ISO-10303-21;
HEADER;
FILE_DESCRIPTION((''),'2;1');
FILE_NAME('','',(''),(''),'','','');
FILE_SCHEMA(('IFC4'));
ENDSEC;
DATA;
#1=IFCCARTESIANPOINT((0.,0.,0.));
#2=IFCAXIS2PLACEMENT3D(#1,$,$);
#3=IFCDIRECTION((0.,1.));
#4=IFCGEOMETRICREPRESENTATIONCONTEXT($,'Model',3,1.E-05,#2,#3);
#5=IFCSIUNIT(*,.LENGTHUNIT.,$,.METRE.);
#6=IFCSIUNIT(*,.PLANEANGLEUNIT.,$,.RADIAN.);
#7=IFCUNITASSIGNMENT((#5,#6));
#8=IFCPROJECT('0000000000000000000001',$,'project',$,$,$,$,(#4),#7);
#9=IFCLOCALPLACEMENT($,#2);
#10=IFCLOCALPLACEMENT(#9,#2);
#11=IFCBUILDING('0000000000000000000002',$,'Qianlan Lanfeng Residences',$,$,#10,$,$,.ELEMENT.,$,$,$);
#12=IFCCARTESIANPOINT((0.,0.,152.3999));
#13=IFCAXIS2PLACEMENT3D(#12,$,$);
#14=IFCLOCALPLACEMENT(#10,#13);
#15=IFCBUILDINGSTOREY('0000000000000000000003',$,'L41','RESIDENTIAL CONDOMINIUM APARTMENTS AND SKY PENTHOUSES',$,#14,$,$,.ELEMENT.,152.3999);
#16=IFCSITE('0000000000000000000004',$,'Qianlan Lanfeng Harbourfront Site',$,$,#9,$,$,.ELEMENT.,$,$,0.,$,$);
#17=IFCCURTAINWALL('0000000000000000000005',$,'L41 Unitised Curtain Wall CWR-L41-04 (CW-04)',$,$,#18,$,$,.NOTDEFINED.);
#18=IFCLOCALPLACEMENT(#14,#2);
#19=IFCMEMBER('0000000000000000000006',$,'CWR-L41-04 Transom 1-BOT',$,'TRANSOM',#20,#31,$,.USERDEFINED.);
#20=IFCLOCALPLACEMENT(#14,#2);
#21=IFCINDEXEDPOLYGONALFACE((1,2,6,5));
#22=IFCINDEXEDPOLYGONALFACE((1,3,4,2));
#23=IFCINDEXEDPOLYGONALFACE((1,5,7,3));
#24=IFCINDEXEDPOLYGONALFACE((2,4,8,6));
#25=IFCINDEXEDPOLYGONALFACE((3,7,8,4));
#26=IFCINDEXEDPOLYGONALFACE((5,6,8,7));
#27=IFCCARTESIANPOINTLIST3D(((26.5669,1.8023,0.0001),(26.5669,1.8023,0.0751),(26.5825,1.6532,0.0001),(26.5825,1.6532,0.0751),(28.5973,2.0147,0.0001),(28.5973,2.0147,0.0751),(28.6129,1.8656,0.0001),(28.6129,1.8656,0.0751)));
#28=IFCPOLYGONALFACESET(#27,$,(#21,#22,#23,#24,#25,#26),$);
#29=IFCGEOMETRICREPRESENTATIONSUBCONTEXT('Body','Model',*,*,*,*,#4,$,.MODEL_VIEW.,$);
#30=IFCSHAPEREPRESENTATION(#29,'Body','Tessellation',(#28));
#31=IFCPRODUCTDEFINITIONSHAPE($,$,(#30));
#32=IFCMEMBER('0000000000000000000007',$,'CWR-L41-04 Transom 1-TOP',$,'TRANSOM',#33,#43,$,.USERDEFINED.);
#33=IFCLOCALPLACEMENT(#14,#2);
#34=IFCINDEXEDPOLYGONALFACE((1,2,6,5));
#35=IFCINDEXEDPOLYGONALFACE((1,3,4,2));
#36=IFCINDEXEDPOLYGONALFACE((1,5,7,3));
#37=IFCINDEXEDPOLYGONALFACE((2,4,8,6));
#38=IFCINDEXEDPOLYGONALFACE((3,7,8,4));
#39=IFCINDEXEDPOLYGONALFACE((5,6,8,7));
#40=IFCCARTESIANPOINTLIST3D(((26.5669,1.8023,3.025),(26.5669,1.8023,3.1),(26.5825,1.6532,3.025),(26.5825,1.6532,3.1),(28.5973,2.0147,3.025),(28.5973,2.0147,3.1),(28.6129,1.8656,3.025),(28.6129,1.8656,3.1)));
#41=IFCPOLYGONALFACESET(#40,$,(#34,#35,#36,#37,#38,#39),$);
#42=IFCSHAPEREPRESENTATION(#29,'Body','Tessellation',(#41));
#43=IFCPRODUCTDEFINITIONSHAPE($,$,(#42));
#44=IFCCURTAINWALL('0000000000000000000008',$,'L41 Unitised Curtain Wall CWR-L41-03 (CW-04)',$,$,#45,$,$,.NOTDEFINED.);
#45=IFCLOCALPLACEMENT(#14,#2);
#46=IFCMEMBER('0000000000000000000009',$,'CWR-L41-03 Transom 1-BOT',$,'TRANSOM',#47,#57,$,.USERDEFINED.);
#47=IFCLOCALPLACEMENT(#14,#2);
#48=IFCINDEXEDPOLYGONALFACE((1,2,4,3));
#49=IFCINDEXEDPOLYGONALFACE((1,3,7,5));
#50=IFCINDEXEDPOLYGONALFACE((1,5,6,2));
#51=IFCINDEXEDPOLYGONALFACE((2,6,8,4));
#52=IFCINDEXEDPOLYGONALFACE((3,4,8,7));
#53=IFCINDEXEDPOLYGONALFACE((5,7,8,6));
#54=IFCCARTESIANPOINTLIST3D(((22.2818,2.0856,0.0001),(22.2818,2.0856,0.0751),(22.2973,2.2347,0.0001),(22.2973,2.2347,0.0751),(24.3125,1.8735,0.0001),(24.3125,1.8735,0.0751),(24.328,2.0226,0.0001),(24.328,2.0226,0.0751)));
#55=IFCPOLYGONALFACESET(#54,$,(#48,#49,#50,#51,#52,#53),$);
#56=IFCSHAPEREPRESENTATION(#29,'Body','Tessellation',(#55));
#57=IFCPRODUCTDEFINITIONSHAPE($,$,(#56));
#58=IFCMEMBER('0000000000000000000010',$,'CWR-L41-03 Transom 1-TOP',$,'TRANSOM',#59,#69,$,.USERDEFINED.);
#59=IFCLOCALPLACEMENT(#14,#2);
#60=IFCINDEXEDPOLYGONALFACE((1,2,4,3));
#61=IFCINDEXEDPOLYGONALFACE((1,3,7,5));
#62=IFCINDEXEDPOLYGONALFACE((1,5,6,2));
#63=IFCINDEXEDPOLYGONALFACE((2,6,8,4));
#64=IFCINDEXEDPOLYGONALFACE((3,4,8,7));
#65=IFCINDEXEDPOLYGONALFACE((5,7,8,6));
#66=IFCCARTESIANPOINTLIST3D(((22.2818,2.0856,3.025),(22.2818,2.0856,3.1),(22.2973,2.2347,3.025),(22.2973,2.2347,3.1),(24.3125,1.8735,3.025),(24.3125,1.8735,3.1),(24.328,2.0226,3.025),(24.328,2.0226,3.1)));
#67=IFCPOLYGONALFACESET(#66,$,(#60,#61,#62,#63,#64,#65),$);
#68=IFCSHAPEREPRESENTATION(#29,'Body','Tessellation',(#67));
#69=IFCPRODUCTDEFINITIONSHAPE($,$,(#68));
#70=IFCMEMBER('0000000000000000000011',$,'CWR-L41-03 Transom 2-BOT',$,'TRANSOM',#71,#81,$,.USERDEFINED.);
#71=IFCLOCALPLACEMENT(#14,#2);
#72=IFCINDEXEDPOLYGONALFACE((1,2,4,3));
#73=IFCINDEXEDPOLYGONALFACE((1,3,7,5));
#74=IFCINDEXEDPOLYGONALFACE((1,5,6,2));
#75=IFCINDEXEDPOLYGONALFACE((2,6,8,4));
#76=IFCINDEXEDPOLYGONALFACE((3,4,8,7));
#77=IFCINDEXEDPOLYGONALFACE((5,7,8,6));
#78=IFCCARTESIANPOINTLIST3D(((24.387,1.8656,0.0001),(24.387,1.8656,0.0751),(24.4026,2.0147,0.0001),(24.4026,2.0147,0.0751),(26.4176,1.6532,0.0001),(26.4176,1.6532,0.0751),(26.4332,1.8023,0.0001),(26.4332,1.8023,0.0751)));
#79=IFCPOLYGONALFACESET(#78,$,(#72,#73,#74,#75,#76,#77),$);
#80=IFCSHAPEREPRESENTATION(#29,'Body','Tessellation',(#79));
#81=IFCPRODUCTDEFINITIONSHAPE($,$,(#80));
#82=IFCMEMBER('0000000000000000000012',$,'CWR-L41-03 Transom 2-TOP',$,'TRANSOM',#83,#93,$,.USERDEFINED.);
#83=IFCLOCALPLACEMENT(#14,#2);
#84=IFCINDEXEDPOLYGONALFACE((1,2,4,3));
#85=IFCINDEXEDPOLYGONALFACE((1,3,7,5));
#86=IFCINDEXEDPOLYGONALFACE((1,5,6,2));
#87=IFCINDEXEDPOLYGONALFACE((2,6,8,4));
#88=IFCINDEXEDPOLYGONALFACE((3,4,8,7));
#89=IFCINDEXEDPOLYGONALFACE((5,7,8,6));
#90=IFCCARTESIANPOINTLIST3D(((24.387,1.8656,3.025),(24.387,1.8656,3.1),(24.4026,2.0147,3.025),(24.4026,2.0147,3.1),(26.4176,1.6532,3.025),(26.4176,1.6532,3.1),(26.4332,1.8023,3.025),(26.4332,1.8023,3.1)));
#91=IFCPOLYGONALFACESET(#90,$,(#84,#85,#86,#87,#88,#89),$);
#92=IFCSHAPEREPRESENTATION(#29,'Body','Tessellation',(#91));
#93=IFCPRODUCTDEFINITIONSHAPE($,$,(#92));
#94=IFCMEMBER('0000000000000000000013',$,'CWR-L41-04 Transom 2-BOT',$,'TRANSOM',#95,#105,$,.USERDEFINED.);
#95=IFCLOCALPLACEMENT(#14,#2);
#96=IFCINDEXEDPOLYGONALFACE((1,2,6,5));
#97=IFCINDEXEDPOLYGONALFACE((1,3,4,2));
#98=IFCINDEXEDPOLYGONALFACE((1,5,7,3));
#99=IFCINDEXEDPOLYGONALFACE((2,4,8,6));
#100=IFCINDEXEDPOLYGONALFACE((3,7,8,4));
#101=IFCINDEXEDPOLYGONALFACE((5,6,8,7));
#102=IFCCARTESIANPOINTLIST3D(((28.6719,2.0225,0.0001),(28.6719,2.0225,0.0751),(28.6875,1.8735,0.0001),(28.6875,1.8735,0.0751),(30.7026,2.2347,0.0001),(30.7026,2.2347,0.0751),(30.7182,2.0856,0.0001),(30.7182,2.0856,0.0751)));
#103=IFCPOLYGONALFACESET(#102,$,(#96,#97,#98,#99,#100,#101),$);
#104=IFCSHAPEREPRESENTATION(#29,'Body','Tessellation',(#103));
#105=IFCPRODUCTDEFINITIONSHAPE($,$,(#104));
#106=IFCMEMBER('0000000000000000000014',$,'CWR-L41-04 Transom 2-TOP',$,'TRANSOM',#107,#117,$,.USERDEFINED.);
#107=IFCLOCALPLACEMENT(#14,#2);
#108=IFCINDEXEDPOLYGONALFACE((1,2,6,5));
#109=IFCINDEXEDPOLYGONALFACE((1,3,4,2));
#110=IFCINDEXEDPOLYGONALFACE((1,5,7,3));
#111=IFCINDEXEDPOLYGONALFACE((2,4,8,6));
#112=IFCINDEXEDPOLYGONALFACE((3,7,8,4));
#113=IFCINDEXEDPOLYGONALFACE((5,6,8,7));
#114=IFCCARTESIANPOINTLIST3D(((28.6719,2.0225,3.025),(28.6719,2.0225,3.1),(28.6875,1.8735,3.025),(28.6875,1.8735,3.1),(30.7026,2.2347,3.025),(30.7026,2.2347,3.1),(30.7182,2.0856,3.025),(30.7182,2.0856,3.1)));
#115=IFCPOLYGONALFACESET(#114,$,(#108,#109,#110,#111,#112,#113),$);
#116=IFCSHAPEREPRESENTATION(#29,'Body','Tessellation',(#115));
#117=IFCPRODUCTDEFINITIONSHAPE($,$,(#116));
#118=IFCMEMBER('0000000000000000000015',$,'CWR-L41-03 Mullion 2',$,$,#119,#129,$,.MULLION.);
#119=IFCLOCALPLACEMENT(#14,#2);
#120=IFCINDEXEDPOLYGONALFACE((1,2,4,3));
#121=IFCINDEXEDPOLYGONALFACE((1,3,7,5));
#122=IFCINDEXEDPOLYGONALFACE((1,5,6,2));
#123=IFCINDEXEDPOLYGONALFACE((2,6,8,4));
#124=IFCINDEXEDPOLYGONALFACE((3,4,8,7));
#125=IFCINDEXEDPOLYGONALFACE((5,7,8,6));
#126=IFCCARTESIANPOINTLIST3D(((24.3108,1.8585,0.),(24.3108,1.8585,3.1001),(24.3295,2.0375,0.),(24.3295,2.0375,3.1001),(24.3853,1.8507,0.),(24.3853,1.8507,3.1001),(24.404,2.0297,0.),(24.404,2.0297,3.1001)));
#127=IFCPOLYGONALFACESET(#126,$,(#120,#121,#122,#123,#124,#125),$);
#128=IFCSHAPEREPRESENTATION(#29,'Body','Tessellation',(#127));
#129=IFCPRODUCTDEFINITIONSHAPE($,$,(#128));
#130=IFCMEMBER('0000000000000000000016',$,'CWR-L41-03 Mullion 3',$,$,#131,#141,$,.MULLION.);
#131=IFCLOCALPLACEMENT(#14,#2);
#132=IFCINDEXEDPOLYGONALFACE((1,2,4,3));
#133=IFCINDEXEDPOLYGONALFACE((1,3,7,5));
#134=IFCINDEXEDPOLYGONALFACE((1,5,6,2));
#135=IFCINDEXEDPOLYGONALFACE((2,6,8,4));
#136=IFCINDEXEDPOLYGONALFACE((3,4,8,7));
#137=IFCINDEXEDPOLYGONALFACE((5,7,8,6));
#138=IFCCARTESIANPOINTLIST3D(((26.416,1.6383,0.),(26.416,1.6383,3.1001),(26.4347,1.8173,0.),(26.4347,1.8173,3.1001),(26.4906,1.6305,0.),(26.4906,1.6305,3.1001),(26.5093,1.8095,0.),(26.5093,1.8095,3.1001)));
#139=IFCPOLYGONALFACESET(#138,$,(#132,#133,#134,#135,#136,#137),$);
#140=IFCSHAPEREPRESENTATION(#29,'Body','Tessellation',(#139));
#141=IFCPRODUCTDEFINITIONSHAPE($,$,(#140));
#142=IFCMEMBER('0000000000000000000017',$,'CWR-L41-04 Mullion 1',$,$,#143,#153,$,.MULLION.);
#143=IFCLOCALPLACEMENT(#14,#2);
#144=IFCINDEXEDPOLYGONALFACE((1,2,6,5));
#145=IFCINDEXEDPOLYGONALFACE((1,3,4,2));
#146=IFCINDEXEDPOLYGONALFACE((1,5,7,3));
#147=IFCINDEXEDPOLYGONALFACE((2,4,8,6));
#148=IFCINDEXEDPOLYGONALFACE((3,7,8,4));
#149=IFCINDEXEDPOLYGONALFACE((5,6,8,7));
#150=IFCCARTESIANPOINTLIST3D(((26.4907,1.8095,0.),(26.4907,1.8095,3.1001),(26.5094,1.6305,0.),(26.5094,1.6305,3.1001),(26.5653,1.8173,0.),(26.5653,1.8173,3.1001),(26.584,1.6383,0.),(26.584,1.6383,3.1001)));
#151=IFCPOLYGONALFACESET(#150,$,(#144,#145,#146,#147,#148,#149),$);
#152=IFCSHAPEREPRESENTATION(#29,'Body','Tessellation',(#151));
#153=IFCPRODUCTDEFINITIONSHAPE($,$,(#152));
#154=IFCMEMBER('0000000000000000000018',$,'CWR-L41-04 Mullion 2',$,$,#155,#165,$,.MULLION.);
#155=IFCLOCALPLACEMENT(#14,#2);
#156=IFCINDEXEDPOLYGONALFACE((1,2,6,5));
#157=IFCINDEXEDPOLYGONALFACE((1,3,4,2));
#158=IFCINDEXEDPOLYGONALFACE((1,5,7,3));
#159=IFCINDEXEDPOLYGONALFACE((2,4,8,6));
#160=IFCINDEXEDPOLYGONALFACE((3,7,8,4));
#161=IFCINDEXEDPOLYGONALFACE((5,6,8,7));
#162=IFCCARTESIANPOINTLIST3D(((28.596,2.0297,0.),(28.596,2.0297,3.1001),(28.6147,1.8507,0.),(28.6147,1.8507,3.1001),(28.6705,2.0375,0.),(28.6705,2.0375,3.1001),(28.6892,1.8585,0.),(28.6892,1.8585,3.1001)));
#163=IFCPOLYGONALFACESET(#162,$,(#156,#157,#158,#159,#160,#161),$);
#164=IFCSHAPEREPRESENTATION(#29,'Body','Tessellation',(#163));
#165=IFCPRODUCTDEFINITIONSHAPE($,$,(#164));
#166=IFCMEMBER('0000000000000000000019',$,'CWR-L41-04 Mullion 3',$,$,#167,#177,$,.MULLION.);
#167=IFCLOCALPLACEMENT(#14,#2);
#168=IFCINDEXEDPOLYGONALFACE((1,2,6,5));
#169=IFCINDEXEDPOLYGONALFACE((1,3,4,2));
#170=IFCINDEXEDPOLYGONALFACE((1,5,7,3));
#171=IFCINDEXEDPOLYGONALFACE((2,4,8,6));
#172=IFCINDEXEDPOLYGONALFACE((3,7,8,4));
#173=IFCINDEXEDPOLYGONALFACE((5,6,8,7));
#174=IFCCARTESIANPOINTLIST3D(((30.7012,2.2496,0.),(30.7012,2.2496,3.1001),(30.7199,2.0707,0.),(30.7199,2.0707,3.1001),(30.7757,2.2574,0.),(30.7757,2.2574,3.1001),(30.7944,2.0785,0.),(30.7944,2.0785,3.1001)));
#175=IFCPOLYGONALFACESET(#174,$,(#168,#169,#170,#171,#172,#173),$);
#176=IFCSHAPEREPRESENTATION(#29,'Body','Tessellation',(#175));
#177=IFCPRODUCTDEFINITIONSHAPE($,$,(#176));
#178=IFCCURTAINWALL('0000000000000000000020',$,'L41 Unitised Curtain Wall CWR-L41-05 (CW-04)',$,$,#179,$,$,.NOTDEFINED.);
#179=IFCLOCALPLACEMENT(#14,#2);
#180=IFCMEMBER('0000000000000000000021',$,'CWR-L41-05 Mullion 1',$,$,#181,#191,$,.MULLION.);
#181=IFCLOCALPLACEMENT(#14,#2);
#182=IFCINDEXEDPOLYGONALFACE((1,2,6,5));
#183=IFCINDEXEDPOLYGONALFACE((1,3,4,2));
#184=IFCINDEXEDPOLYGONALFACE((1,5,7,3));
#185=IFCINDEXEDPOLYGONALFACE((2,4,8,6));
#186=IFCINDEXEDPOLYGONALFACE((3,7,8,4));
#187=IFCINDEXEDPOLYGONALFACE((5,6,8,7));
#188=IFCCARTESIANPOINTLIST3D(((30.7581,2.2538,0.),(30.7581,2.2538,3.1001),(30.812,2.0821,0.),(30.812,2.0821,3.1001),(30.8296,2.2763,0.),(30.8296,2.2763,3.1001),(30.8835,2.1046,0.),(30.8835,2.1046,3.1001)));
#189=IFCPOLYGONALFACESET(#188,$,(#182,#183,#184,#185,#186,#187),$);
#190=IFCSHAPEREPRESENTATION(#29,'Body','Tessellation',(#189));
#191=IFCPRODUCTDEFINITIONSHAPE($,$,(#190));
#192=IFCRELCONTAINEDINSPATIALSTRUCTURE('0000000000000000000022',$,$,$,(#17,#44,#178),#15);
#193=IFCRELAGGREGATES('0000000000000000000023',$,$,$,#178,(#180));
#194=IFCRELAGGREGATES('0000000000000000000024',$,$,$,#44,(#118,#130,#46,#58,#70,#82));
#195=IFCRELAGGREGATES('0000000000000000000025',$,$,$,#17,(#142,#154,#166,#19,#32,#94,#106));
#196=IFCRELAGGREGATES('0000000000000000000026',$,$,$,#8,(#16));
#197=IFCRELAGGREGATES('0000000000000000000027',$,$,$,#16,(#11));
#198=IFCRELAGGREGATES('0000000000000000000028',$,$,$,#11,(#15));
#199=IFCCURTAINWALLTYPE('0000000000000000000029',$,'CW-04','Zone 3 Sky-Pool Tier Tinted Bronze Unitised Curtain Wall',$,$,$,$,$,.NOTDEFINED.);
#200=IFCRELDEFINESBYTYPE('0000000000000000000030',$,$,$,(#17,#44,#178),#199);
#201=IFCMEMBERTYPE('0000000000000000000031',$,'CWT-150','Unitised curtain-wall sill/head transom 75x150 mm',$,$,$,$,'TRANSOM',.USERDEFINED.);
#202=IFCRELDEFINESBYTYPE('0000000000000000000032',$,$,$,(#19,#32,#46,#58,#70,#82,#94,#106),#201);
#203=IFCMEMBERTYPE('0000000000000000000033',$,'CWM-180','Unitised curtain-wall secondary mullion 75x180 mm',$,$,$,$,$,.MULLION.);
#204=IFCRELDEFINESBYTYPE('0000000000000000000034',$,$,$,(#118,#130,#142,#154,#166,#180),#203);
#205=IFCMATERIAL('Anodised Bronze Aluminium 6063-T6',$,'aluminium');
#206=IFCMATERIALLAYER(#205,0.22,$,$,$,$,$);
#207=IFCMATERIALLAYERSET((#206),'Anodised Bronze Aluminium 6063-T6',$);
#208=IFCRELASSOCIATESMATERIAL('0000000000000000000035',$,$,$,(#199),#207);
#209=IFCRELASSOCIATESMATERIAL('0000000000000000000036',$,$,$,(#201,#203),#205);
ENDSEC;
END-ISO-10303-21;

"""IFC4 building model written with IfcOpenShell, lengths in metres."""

from ifc_helpers import new_model, si_unit, direction, frame, origin, origin_2d, place, context, subcontext, project, spatial, rectangle, extrude, source, transform, mapped, material, layer, layer_set, material_profile, profile_set, type_object, element, aggregate, save


model = new_model("IFC4")

# Units and contexts
model_context = context("Model", 3, precision=1e-05, world=origin(), true_north=direction((0.0, 1.0)))
body_context = subcontext(model_context, "Body", "Model", "MODEL_VIEW")
ifc_project = project(units=[si_unit("LENGTHUNIT", "METRE"), si_unit("PLANEANGLEUNIT", "RADIAN")], contexts=[model_context])

# Site, building, storey
site_placement = place(None, origin())
site = spatial("IfcSite", under=ifc_project, at=site_placement, Name="Qianlan Lanfeng Harbourfront Site", CompositionType="ELEMENT", RefElevation=0.0)
building_placement = place(site_placement, origin())
building = spatial("IfcBuilding", under=site, at=building_placement, Name="Qianlan Lanfeng Residences", CompositionType="ELEMENT")
storey_placement = place(building_placement, frame((0.0, 0.0, 152.3999)))
storey = spatial("IfcBuildingStorey", under=building, at=storey_placement, Name="L41", Description="RESIDENTIAL CONDOMINIUM APARTMENTS AND SKY PENTHOUSES", CompositionType="ELEMENT", Elevation=152.3999)

# Curtain walls, members
ifc_material_1 = material(Name="Anodised Bronze Aluminium 6063-T6", Category="aluminium")
ifc_layer_1 = layer(ifc_material_1, 0.22)
ifc_layer_set_1 = layer_set([ifc_layer_1], Name="Anodised Bronze Aluminium 6063-T6")
curtain_wall_type = type_object("IfcCurtainWallType", Name="CW-04", Description="Zone 3 Sky-Pool Tier Tinted Bronze Unitised Curtain Wall", PredefinedType="NOTDEFINED", material=ifc_layer_set_1)
curtain_wall_1_placement = place(storey_placement, origin())
curtain_wall_1 = element("IfcCurtainWall", 1, at=curtain_wall_1_placement, inside=storey, type_object=curtain_wall_type, Name="L41 Unitised Curtain Wall CWR-L41-04 (CW-04)", PredefinedType="NOTDEFINED")
ifc_material_profile_1 = material_profile(ifc_material_1, rectangle(XDim=0.075, YDim=0.1499, at=origin_2d()), Name="ALU TRANSOM 75x150")
ifc_profile_set_1 = profile_set([ifc_material_profile_1], Name="Anodised Bronze Aluminium 6063-T6")
member_type_1 = type_object("IfcMemberType", Name="CWT-150", Description="Unitised curtain-wall sill/head transom 75x150 mm", ElementType="TRANSOM", PredefinedType="USERDEFINED", material=ifc_profile_set_1)
shared_shape_1 = source(origin(), body_context, "Body", "SweptSolid", [
    extrude(rectangle(XDim=0.075, YDim=0.1499, at=origin_2d()), origin(), (0.0, 0.0, 1.0), 2.0415),
])
member_1_placement = place(storey_placement, frame((26.5747, 1.7278, 0.0376), z_axis=(0.994573, 0.104037, 0.0), x_axis=(0.0, 0.0, 1.0)))
member_1 = element("IfcMember", 2, at=member_1_placement, type_object=member_type_1, Name="CWR-L41-04 Transom 1-BOT", ObjectType="TRANSOM", PredefinedType="USERDEFINED", context=body_context, shape_type="MappedRepresentation", body=[
    mapped(shared_shape_1, transform((0.0, 0.0, 0.0), scale=1.0)),
])
member_2_placement = place(storey_placement, frame((26.5747, 1.7278, 3.0625), z_axis=(0.994573, 0.104037, 0.0), x_axis=(0.0, 0.0, 1.0)))
member_2 = element("IfcMember", 3, at=member_2_placement, type_object=member_type_1, Name="CWR-L41-04 Transom 1-TOP", ObjectType="TRANSOM", PredefinedType="USERDEFINED", context=body_context, shape_type="MappedRepresentation", body=[
    mapped(shared_shape_1, transform((0.0, 0.0, 0.0), scale=1.0)),
])
curtain_wall_2_placement = place(storey_placement, origin())
curtain_wall_2 = element("IfcCurtainWall", 4, at=curtain_wall_2_placement, inside=storey, type_object=curtain_wall_type, Name="L41 Unitised Curtain Wall CWR-L41-03 (CW-04)", PredefinedType="NOTDEFINED")
shared_shape_2 = source(origin(), body_context, "Body", "SweptSolid", [
    extrude(rectangle(XDim=0.075, YDim=0.1499, at=origin_2d()), origin(), (0.0, 0.0, 1.0), 2.0417),
])
member_3_placement = place(storey_placement, frame((22.2896, 2.1602, 0.0376), z_axis=(0.994587, -0.103907, 0.0), x_axis=(0.0, 0.0, 1.0)))
member_3 = element("IfcMember", 5, at=member_3_placement, type_object=member_type_1, Name="CWR-L41-03 Transom 1-BOT", ObjectType="TRANSOM", PredefinedType="USERDEFINED", context=body_context, shape_type="MappedRepresentation", body=[
    mapped(shared_shape_2, transform((0.0, 0.0, 0.0), scale=1.0)),
])
member_4_placement = place(storey_placement, frame((22.2896, 2.1602, 3.0625), z_axis=(0.994587, -0.103907, 0.0), x_axis=(0.0, 0.0, 1.0)))
member_4 = element("IfcMember", 6, at=member_4_placement, type_object=member_type_1, Name="CWR-L41-03 Transom 1-TOP", ObjectType="TRANSOM", PredefinedType="USERDEFINED", context=body_context, shape_type="MappedRepresentation", body=[
    mapped(shared_shape_2, transform((0.0, 0.0, 0.0), scale=1.0)),
])
member_5_placement = place(storey_placement, frame((24.3948, 1.9402, 0.0376), z_axis=(0.994575, -0.104025, 0.0), x_axis=(0.0, 0.0, 1.0)))
member_5 = element("IfcMember", 7, at=member_5_placement, type_object=member_type_1, Name="CWR-L41-03 Transom 2-BOT", ObjectType="TRANSOM", PredefinedType="USERDEFINED", context=body_context, shape_type="MappedRepresentation", body=[
    mapped(shared_shape_2, transform((0.0, 0.0, 0.0), scale=1.0)),
])
member_6_placement = place(storey_placement, frame((24.3948, 1.9402, 3.0625), z_axis=(0.994575, -0.104025, 0.0), x_axis=(0.0, 0.0, 1.0)))
member_6 = element("IfcMember", 8, at=member_6_placement, type_object=member_type_1, Name="CWR-L41-03 Transom 2-TOP", ObjectType="TRANSOM", PredefinedType="USERDEFINED", context=body_context, shape_type="MappedRepresentation", body=[
    mapped(shared_shape_2, transform((0.0, 0.0, 0.0), scale=1.0)),
])

# Members
member_7_placement = place(storey_placement, frame((28.6797, 1.948, 0.0376), z_axis=(0.994587, 0.103907, 0.0), x_axis=(0.0, 0.0, 1.0)))
member_7 = element("IfcMember", 9, at=member_7_placement, type_object=member_type_1, Name="CWR-L41-04 Transom 2-BOT", ObjectType="TRANSOM", PredefinedType="USERDEFINED", context=body_context, shape_type="MappedRepresentation", body=[
    mapped(shared_shape_2, transform((0.0, 0.0, 0.0), scale=1.0)),
])
member_8_placement = place(storey_placement, frame((28.6797, 1.948, 3.0625), z_axis=(0.994587, 0.103907, 0.0), x_axis=(0.0, 0.0, 1.0)))
member_8 = element("IfcMember", 10, at=member_8_placement, type_object=member_type_1, Name="CWR-L41-04 Transom 2-TOP", ObjectType="TRANSOM", PredefinedType="USERDEFINED", context=body_context, shape_type="MappedRepresentation", body=[
    mapped(shared_shape_2, transform((0.0, 0.0, 0.0), scale=1.0)),
])
ifc_material_profile_2 = material_profile(ifc_material_1, rectangle(XDim=0.075, YDim=0.1799, at=origin_2d()), Name="ALU MULLION 75x180")
ifc_profile_set_2 = profile_set([ifc_material_profile_2], Name="Anodised Bronze Aluminium 6063-T6")
member_type_2 = type_object("IfcMemberType", Name="CWM-180", Description="Unitised curtain-wall secondary mullion 75x180 mm", PredefinedType="MULLION", material=ifc_profile_set_2)
shared_shape_3 = source(origin(), body_context, "Body", "SweptSolid", [
    extrude(rectangle(XDim=0.075, YDim=0.1799, at=origin_2d()), origin(), (0.0, 0.0, 1.0), 3.1001),
])
member_9_placement = place(storey_placement, frame((24.3574, 1.9441, 0.0), z_axis=(0.0, 0.0, 1.0), x_axis=(0.994579, -0.103983, 0.0)))
member_9 = element("IfcMember", 11, at=member_9_placement, type_object=member_type_2, Name="CWR-L41-03 Mullion 2", PredefinedType="MULLION", context=body_context, shape_type="MappedRepresentation", body=[
    mapped(shared_shape_3, transform((0.0, 0.0, 0.0), scale=1.0)),
])
member_10_placement = place(storey_placement, frame((26.4626, 1.7239, 0.0), z_axis=(0.0, 0.0, 1.0), x_axis=(0.994579, -0.103983, 0.0)))
member_10 = element("IfcMember", 12, at=member_10_placement, type_object=member_type_2, Name="CWR-L41-03 Mullion 3", PredefinedType="MULLION", context=body_context, shape_type="MappedRepresentation", body=[
    mapped(shared_shape_3, transform((0.0, 0.0, 0.0), scale=1.0)),
])
member_11_placement = place(storey_placement, frame((26.5374, 1.7239, 0.0), z_axis=(0.0, 0.0, 1.0), x_axis=(0.994579, 0.103983, 0.0)))
member_11 = element("IfcMember", 13, at=member_11_placement, type_object=member_type_2, Name="CWR-L41-04 Mullion 1", PredefinedType="MULLION", context=body_context, shape_type="MappedRepresentation", body=[
    mapped(shared_shape_3, transform((0.0, 0.0, 0.0), scale=1.0)),
])
member_12_placement = place(storey_placement, frame((28.6426, 1.9441, 0.0), z_axis=(0.0, 0.0, 1.0), x_axis=(0.994579, 0.103983, 0.0)))
member_12 = element("IfcMember", 14, at=member_12_placement, type_object=member_type_2, Name="CWR-L41-04 Mullion 2", PredefinedType="MULLION", context=body_context, shape_type="MappedRepresentation", body=[
    mapped(shared_shape_3, transform((0.0, 0.0, 0.0), scale=1.0)),
])
member_13_placement = place(storey_placement, frame((30.7478, 2.1641, 0.0), z_axis=(0.0, 0.0, 1.0), x_axis=(0.994579, 0.103983, 0.0)))
member_13 = element("IfcMember", 15, at=member_13_placement, type_object=member_type_2, Name="CWR-L41-04 Mullion 3", PredefinedType="MULLION", context=body_context, shape_type="MappedRepresentation", body=[
    mapped(shared_shape_3, transform((0.0, 0.0, 0.0), scale=1.0)),
])

# Curtain wall, member
curtain_wall_3_placement = place(storey_placement, origin())
curtain_wall_3 = element("IfcCurtainWall", 16, at=curtain_wall_3_placement, inside=storey, type_object=curtain_wall_type, Name="L41 Unitised Curtain Wall CWR-L41-05 (CW-04)", PredefinedType="NOTDEFINED")
member_14_placement = place(storey_placement, frame((30.8208, 2.1792, 0.0), z_axis=(0.0, 0.0, 1.0), x_axis=(0.954196, 0.299182, 0.0)))
member_14 = element("IfcMember", 17, at=member_14_placement, type_object=member_type_2, Name="CWR-L41-05 Mullion 1", PredefinedType="MULLION", context=body_context, shape_type="MappedRepresentation", body=[
    mapped(shared_shape_3, transform((0.0, 0.0, 0.0), scale=1.0)),
])
aggregate(curtain_wall_3, [member_14])

aggregate(curtain_wall_2, [member_9, member_10, member_3, member_4, member_5, member_6])
aggregate(curtain_wall_1, [member_11, member_12, member_13, member_1, member_2, member_7, member_8])

save(model, "model.ifc")
